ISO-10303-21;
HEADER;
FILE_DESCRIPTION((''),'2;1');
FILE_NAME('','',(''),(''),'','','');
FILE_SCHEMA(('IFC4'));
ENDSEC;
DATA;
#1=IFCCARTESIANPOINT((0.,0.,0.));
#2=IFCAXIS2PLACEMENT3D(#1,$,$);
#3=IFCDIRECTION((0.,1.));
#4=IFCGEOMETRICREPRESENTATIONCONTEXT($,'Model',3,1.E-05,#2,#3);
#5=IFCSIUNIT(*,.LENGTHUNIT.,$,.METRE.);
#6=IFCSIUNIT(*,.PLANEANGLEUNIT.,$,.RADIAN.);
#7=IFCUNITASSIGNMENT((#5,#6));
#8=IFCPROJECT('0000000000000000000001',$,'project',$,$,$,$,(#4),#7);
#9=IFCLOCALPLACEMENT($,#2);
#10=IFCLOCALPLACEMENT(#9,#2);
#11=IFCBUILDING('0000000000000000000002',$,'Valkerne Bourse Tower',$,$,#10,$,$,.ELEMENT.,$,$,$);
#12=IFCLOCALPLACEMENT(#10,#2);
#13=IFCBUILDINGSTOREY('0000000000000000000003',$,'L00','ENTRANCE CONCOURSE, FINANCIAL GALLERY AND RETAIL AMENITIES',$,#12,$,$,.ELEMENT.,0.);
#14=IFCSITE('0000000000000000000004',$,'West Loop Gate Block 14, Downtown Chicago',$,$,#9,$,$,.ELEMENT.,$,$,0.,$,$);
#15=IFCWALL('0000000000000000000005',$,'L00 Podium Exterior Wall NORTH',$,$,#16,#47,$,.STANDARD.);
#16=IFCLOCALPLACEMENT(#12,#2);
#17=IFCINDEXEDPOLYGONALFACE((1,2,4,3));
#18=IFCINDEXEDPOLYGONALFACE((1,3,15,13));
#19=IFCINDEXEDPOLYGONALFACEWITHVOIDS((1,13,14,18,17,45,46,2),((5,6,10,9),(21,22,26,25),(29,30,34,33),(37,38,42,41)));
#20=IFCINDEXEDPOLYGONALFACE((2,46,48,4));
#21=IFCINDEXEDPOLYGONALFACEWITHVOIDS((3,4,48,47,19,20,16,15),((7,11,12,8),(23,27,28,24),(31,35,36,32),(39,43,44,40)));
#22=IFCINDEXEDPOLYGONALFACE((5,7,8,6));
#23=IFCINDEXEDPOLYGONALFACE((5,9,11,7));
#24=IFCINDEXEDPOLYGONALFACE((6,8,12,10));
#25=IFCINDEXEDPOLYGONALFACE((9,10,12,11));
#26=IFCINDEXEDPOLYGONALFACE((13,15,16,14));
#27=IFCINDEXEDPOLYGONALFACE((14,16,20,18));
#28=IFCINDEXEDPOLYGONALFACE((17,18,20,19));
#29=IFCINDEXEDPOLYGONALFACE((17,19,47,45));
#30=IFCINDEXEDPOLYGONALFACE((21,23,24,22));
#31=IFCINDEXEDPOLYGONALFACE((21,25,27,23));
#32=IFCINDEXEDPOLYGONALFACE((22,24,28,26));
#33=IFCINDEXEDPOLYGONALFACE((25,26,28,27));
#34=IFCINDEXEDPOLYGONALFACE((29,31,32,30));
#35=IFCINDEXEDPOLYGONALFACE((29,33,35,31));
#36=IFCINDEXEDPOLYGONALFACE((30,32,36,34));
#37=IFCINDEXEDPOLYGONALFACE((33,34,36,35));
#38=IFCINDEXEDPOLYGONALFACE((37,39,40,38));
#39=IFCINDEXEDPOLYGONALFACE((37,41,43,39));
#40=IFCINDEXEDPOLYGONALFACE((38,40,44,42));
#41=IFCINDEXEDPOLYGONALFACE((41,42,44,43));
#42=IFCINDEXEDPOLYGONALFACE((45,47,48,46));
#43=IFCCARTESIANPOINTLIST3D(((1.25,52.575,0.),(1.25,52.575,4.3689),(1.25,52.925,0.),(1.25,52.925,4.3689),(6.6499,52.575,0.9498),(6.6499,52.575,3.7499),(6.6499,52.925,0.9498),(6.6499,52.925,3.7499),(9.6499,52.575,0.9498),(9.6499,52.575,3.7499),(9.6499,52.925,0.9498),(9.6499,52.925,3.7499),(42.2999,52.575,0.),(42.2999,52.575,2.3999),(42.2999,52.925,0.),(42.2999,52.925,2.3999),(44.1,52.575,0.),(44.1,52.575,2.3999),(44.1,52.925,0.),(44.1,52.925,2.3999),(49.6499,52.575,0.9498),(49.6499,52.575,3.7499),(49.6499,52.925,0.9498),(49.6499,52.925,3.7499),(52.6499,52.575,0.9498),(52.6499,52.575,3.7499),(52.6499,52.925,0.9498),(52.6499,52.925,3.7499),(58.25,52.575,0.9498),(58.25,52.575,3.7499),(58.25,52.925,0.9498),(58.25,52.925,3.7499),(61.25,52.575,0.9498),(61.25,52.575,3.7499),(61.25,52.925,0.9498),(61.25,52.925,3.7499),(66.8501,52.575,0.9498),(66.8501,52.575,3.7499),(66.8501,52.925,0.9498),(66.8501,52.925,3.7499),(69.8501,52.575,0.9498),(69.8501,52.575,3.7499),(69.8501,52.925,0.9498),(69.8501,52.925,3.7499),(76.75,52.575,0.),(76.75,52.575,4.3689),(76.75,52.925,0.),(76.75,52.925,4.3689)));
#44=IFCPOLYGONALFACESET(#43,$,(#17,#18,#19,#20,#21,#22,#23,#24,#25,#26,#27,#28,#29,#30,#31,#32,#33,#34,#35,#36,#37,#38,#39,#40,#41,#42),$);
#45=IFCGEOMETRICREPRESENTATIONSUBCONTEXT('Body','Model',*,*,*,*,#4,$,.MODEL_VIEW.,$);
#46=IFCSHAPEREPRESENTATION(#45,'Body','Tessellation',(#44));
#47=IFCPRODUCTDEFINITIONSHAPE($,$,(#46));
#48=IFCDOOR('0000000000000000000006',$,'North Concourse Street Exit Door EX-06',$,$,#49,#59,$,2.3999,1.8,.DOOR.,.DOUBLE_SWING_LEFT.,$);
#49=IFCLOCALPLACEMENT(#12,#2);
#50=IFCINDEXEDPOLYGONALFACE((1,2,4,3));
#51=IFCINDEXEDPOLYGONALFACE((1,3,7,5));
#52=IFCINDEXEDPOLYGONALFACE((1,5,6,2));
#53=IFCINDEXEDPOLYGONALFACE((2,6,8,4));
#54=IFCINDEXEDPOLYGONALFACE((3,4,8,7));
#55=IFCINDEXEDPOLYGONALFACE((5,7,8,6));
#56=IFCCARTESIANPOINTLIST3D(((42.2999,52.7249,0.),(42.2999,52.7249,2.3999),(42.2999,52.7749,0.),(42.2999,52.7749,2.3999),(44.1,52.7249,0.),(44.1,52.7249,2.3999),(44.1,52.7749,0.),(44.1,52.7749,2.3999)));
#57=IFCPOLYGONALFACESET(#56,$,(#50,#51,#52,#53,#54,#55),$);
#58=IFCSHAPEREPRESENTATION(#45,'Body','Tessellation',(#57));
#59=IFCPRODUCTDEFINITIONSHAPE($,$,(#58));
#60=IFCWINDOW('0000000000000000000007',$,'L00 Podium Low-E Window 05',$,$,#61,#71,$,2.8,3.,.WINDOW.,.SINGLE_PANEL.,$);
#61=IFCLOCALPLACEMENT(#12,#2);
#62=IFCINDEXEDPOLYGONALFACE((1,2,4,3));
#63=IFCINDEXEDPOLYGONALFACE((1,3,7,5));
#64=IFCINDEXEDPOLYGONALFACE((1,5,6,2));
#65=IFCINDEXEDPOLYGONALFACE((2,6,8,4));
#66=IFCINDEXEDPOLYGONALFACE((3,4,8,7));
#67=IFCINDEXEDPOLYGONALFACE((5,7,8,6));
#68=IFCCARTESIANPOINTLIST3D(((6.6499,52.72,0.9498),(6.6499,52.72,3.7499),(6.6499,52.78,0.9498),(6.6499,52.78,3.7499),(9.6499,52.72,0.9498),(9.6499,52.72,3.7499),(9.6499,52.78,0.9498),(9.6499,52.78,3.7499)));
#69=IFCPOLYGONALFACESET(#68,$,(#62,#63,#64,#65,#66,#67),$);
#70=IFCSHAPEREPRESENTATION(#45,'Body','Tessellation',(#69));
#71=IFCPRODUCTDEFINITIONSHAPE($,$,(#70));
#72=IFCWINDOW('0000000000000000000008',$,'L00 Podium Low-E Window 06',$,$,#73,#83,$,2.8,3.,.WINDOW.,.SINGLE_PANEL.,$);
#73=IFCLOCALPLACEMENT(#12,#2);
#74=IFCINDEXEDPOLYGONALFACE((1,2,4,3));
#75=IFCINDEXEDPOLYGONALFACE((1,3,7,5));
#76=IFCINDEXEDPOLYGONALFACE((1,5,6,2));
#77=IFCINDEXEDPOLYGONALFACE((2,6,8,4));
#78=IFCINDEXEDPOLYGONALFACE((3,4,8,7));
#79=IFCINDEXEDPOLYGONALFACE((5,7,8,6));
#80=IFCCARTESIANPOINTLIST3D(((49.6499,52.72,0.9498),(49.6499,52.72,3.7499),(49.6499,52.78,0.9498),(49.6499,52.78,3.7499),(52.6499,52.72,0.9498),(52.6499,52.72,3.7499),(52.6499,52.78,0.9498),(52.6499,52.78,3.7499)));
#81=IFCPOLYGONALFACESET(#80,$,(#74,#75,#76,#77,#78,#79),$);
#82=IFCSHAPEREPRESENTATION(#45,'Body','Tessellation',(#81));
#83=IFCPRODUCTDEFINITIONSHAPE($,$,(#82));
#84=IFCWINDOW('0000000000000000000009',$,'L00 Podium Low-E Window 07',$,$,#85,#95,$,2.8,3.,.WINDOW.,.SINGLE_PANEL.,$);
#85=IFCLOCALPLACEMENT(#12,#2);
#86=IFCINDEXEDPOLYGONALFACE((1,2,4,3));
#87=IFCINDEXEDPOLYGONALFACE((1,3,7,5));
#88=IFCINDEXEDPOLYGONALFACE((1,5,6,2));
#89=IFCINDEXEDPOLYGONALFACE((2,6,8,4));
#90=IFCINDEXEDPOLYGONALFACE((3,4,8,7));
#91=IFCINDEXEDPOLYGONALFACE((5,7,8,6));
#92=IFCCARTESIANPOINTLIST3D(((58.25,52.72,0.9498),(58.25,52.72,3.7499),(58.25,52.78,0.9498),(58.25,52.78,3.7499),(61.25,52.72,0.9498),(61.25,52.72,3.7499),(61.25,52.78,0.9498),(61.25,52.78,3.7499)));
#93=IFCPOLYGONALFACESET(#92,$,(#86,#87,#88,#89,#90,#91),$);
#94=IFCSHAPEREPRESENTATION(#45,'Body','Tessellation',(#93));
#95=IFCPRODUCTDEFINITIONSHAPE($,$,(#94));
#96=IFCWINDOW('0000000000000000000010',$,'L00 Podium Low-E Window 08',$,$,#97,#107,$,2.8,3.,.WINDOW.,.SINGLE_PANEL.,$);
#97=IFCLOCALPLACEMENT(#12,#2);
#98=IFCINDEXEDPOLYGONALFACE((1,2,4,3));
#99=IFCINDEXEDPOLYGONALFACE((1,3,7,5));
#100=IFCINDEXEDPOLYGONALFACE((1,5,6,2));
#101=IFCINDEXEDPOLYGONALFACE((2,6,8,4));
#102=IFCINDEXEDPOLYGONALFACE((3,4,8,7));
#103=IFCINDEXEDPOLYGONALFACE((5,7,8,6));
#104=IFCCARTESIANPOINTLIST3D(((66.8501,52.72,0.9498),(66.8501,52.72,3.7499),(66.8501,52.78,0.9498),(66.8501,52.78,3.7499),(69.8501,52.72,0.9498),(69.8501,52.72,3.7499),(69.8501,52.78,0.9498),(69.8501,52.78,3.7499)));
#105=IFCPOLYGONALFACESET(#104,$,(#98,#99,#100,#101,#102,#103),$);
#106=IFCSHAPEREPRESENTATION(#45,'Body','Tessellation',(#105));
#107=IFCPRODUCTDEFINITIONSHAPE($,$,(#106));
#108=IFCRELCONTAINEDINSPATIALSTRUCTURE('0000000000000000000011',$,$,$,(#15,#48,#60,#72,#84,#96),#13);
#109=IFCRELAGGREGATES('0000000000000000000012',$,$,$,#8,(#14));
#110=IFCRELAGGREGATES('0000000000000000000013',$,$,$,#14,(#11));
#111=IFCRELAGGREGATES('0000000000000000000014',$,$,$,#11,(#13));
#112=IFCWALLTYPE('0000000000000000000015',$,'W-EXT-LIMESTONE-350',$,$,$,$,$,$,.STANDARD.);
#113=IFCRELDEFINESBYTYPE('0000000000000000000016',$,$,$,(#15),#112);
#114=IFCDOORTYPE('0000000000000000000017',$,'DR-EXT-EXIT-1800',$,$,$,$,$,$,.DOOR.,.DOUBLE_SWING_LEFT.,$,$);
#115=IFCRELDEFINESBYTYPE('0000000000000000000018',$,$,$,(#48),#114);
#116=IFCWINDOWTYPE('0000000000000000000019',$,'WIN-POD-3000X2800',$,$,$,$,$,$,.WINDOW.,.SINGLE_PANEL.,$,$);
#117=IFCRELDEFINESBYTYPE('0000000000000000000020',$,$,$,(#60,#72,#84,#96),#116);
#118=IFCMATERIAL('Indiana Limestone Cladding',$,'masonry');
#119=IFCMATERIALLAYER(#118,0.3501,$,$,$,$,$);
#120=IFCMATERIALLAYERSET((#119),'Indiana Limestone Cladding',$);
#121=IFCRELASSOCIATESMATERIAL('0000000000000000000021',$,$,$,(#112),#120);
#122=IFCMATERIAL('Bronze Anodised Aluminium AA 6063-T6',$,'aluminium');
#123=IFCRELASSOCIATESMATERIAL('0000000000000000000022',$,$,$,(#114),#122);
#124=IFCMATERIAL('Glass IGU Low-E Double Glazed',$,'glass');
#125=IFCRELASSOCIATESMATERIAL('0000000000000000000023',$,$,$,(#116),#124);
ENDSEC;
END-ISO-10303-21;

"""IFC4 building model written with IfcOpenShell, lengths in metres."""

from ifc_helpers import new_model, si_unit, direction, frame, frame_2d, origin, place, context, subcontext, project, spatial, rectangle, extrude, material, layer, layer_set, type_object, element, fill, save


model = new_model("IFC4")

# Units and contexts
model_context = context("Model", 3, precision=1e-05, world=origin(), true_north=direction((0.0, 1.0)))
body_context = subcontext(model_context, "Body", "Model", "MODEL_VIEW")
ifc_project = project(units=[si_unit("LENGTHUNIT", "METRE"), si_unit("PLANEANGLEUNIT", "RADIAN")], contexts=[model_context])

# Site, building, storey
site_placement = place(None, origin())
site = spatial("IfcSite", under=ifc_project, at=site_placement, Name="West Loop Gate Block 14, Downtown Chicago", CompositionType="ELEMENT", RefElevation=0.0)
building_placement = place(site_placement, origin())
building = spatial("IfcBuilding", under=site, at=building_placement, Name="Valkerne Bourse Tower", CompositionType="ELEMENT")
storey_placement = place(building_placement, origin())
storey = spatial("IfcBuildingStorey", under=building, at=storey_placement, Name="L00", Description="ENTRANCE CONCOURSE, FINANCIAL GALLERY AND RETAIL AMENITIES", CompositionType="ELEMENT", Elevation=0.0)

# Shared definitions
ifc_material_1 = material(Name="Indiana Limestone Cladding", Category="masonry")
ifc_layer_1 = layer(ifc_material_1, 0.3501)
ifc_layer_set_1 = layer_set([ifc_layer_1], Name="Indiana Limestone Cladding")
wall_type_1 = type_object("IfcWallType", Name="W-EXT-LIMESTONE-350", PredefinedType="STANDARD", material=ifc_layer_set_1)

# Wall, openings, door, windows
wall_1_placement = place(storey_placement, frame((1.25, 52.75, 0.0), z_axis=(0.0, 0.0, 1.0), x_axis=(1.0, 0.0, 0.0)))
wall_1 = element("IfcWall", 1, at=wall_1_placement, inside=storey, type_object=wall_type_1, Name="L00 Podium Exterior Wall NORTH", PredefinedType="STANDARD", context=body_context, shape_type="SweptSolid", body=[
    extrude(rectangle(XDim=75.5, YDim=0.3501, at=frame_2d((37.75, 0.0))), origin(), (0.0, 0.0, 1.0), 4.3689),
])
opening_1_placement = place(wall_1_placement, frame((41.05, 0.0, 0.0)))
opening_1 = element("IfcOpeningElement", 2, at=opening_1_placement, cuts=wall_1, PredefinedType="OPENING", context=body_context, shape_type="SweptSolid", body=[
    extrude(rectangle(XDim=1.8, YDim=2.3999, at=frame_2d((0.8999, 1.2))), frame((0.0, 0.1851, 0.0), z_axis=(0.0, -1.0, 0.0), x_axis=(1.0, 0.0, 0.0)), (0.0, 0.0, 1.0), 0.3701),
])
opening_2_placement = place(wall_1_placement, frame((5.3999, 0.0, 0.95)))
opening_2 = element("IfcOpeningElement", 3, at=opening_2_placement, cuts=wall_1, PredefinedType="OPENING", context=body_context, shape_type="SweptSolid", body=[
    extrude(rectangle(XDim=3.0, YDim=2.8, at=frame_2d((1.5, 1.3999))), frame((0.0, 0.1851, 0.0), z_axis=(0.0, -1.0, 0.0), x_axis=(1.0, 0.0, 0.0)), (0.0, 0.0, 1.0), 0.3701),
])
opening_3_placement = place(wall_1_placement, frame((48.3999, 0.0, 0.95)))
opening_3 = element("IfcOpeningElement", 4, at=opening_3_placement, cuts=wall_1, PredefinedType="OPENING", context=body_context, shape_type="SweptSolid", body=[
    extrude(rectangle(XDim=3.0, YDim=2.8, at=frame_2d((1.5, 1.3999))), frame((0.0, 0.1851, 0.0), z_axis=(0.0, -1.0, 0.0), x_axis=(1.0, 0.0, 0.0)), (0.0, 0.0, 1.0), 0.3701),
])
opening_4_placement = place(wall_1_placement, frame((57.0, 0.0, 0.95)))
opening_4 = element("IfcOpeningElement", 5, at=opening_4_placement, cuts=wall_1, PredefinedType="OPENING", context=body_context, shape_type="SweptSolid", body=[
    extrude(rectangle(XDim=3.0, YDim=2.8, at=frame_2d((1.5, 1.3999))), frame((0.0, 0.1851, 0.0), z_axis=(0.0, -1.0, 0.0), x_axis=(1.0, 0.0, 0.0)), (0.0, 0.0, 1.0), 0.3701),
])
opening_5_placement = place(wall_1_placement, frame((65.6001, 0.0, 0.95)))
opening_5 = element("IfcOpeningElement", 6, at=opening_5_placement, cuts=wall_1, PredefinedType="OPENING", context=body_context, shape_type="SweptSolid", body=[
    extrude(rectangle(XDim=3.0, YDim=2.8, at=frame_2d((1.5, 1.3999))), frame((0.0, 0.1851, 0.0), z_axis=(0.0, -1.0, 0.0), x_axis=(1.0, 0.0, 0.0)), (0.0, 0.0, 1.0), 0.3701),
])
ifc_material_2 = material(Name="Bronze Anodised Aluminium AA 6063-T6", Category="aluminium")
door_type_1 = type_object("IfcDoorType", Name="DR-EXT-EXIT-1800", OperationType="DOUBLE_SWING_LEFT", PredefinedType="DOOR", material=ifc_material_2)
door_1_placement = place(opening_1_placement, origin())
door_1 = element("IfcDoor", 7, at=door_1_placement, inside=storey, type_object=door_type_1, Name="North Concourse Street Exit Door EX-06", OperationType="DOUBLE_SWING_LEFT", OverallHeight=2.3999, OverallWidth=1.8, PredefinedType="DOOR", context=body_context, shape_type="SweptSolid", body=[
    extrude(rectangle(XDim=1.8, YDim=2.3999, at=frame_2d((0.8999, 1.2))), frame((0.0, 0.0249, 0.0), z_axis=(0.0, -1.0, 0.0), x_axis=(1.0, 0.0, 0.0)), (0.0, 0.0, 1.0), 0.05),
])
fill(opening_1, door_1)
ifc_material_3 = material(Name="Glass IGU Low-E Double Glazed", Category="glass")
window_type = type_object("IfcWindowType", Name="WIN-POD-3000X2800", PartitioningType="SINGLE_PANEL", PredefinedType="WINDOW", material=ifc_material_3)
window_1_placement = place(opening_2_placement, origin())
window_1 = element("IfcWindow", 8, at=window_1_placement, inside=storey, type_object=window_type, Name="L00 Podium Low-E Window 05", OverallHeight=2.8, OverallWidth=3.0, PartitioningType="SINGLE_PANEL", PredefinedType="WINDOW", context=body_context, shape_type="SweptSolid", body=[
    extrude(rectangle(XDim=3.0, YDim=2.8, at=frame_2d((1.5, 1.3999))), frame((0.0, 0.03, 0.0), z_axis=(0.0, -1.0, 0.0), x_axis=(1.0, 0.0, 0.0)), (0.0, 0.0, 1.0), 0.0601),
])
fill(opening_2, window_1)
window_2_placement = place(opening_3_placement, origin())
window_2 = element("IfcWindow", 9, at=window_2_placement, inside=storey, type_object=window_type, Name="L00 Podium Low-E Window 06", OverallHeight=2.8, OverallWidth=3.0, PartitioningType="SINGLE_PANEL", PredefinedType="WINDOW", context=body_context, shape_type="SweptSolid", body=[
    extrude(rectangle(XDim=3.0, YDim=2.8, at=frame_2d((1.5, 1.3999))), frame((0.0, 0.03, 0.0), z_axis=(0.0, -1.0, 0.0), x_axis=(1.0, 0.0, 0.0)), (0.0, 0.0, 1.0), 0.0601),
])
fill(opening_3, window_2)
window_3_placement = place(opening_4_placement, origin())
window_3 = element("IfcWindow", 10, at=window_3_placement, inside=storey, type_object=window_type, Name="L00 Podium Low-E Window 07", OverallHeight=2.8, OverallWidth=3.0, PartitioningType="SINGLE_PANEL", PredefinedType="WINDOW", context=body_context, shape_type="SweptSolid", body=[
    extrude(rectangle(XDim=3.0, YDim=2.8, at=frame_2d((1.5, 1.3999))), frame((0.0, 0.03, 0.0), z_axis=(0.0, -1.0, 0.0), x_axis=(1.0, 0.0, 0.0)), (0.0, 0.0, 1.0), 0.0601),
])
fill(opening_4, window_3)
window_4_placement = place(opening_5_placement, origin())
window_4 = element("IfcWindow", 11, at=window_4_placement, inside=storey, type_object=window_type, Name="L00 Podium Low-E Window 08", OverallHeight=2.8, OverallWidth=3.0, PartitioningType="SINGLE_PANEL", PredefinedType="WINDOW", context=body_context, shape_type="SweptSolid", body=[
    extrude(rectangle(XDim=3.0, YDim=2.8, at=frame_2d((1.5, 1.3999))), frame((0.0, 0.03, 0.0), z_axis=(0.0, -1.0, 0.0), x_axis=(1.0, 0.0, 0.0)), (0.0, 0.0, 1.0), 0.0601),
])
fill(opening_5, window_4)

save(model, "model.ifc")
